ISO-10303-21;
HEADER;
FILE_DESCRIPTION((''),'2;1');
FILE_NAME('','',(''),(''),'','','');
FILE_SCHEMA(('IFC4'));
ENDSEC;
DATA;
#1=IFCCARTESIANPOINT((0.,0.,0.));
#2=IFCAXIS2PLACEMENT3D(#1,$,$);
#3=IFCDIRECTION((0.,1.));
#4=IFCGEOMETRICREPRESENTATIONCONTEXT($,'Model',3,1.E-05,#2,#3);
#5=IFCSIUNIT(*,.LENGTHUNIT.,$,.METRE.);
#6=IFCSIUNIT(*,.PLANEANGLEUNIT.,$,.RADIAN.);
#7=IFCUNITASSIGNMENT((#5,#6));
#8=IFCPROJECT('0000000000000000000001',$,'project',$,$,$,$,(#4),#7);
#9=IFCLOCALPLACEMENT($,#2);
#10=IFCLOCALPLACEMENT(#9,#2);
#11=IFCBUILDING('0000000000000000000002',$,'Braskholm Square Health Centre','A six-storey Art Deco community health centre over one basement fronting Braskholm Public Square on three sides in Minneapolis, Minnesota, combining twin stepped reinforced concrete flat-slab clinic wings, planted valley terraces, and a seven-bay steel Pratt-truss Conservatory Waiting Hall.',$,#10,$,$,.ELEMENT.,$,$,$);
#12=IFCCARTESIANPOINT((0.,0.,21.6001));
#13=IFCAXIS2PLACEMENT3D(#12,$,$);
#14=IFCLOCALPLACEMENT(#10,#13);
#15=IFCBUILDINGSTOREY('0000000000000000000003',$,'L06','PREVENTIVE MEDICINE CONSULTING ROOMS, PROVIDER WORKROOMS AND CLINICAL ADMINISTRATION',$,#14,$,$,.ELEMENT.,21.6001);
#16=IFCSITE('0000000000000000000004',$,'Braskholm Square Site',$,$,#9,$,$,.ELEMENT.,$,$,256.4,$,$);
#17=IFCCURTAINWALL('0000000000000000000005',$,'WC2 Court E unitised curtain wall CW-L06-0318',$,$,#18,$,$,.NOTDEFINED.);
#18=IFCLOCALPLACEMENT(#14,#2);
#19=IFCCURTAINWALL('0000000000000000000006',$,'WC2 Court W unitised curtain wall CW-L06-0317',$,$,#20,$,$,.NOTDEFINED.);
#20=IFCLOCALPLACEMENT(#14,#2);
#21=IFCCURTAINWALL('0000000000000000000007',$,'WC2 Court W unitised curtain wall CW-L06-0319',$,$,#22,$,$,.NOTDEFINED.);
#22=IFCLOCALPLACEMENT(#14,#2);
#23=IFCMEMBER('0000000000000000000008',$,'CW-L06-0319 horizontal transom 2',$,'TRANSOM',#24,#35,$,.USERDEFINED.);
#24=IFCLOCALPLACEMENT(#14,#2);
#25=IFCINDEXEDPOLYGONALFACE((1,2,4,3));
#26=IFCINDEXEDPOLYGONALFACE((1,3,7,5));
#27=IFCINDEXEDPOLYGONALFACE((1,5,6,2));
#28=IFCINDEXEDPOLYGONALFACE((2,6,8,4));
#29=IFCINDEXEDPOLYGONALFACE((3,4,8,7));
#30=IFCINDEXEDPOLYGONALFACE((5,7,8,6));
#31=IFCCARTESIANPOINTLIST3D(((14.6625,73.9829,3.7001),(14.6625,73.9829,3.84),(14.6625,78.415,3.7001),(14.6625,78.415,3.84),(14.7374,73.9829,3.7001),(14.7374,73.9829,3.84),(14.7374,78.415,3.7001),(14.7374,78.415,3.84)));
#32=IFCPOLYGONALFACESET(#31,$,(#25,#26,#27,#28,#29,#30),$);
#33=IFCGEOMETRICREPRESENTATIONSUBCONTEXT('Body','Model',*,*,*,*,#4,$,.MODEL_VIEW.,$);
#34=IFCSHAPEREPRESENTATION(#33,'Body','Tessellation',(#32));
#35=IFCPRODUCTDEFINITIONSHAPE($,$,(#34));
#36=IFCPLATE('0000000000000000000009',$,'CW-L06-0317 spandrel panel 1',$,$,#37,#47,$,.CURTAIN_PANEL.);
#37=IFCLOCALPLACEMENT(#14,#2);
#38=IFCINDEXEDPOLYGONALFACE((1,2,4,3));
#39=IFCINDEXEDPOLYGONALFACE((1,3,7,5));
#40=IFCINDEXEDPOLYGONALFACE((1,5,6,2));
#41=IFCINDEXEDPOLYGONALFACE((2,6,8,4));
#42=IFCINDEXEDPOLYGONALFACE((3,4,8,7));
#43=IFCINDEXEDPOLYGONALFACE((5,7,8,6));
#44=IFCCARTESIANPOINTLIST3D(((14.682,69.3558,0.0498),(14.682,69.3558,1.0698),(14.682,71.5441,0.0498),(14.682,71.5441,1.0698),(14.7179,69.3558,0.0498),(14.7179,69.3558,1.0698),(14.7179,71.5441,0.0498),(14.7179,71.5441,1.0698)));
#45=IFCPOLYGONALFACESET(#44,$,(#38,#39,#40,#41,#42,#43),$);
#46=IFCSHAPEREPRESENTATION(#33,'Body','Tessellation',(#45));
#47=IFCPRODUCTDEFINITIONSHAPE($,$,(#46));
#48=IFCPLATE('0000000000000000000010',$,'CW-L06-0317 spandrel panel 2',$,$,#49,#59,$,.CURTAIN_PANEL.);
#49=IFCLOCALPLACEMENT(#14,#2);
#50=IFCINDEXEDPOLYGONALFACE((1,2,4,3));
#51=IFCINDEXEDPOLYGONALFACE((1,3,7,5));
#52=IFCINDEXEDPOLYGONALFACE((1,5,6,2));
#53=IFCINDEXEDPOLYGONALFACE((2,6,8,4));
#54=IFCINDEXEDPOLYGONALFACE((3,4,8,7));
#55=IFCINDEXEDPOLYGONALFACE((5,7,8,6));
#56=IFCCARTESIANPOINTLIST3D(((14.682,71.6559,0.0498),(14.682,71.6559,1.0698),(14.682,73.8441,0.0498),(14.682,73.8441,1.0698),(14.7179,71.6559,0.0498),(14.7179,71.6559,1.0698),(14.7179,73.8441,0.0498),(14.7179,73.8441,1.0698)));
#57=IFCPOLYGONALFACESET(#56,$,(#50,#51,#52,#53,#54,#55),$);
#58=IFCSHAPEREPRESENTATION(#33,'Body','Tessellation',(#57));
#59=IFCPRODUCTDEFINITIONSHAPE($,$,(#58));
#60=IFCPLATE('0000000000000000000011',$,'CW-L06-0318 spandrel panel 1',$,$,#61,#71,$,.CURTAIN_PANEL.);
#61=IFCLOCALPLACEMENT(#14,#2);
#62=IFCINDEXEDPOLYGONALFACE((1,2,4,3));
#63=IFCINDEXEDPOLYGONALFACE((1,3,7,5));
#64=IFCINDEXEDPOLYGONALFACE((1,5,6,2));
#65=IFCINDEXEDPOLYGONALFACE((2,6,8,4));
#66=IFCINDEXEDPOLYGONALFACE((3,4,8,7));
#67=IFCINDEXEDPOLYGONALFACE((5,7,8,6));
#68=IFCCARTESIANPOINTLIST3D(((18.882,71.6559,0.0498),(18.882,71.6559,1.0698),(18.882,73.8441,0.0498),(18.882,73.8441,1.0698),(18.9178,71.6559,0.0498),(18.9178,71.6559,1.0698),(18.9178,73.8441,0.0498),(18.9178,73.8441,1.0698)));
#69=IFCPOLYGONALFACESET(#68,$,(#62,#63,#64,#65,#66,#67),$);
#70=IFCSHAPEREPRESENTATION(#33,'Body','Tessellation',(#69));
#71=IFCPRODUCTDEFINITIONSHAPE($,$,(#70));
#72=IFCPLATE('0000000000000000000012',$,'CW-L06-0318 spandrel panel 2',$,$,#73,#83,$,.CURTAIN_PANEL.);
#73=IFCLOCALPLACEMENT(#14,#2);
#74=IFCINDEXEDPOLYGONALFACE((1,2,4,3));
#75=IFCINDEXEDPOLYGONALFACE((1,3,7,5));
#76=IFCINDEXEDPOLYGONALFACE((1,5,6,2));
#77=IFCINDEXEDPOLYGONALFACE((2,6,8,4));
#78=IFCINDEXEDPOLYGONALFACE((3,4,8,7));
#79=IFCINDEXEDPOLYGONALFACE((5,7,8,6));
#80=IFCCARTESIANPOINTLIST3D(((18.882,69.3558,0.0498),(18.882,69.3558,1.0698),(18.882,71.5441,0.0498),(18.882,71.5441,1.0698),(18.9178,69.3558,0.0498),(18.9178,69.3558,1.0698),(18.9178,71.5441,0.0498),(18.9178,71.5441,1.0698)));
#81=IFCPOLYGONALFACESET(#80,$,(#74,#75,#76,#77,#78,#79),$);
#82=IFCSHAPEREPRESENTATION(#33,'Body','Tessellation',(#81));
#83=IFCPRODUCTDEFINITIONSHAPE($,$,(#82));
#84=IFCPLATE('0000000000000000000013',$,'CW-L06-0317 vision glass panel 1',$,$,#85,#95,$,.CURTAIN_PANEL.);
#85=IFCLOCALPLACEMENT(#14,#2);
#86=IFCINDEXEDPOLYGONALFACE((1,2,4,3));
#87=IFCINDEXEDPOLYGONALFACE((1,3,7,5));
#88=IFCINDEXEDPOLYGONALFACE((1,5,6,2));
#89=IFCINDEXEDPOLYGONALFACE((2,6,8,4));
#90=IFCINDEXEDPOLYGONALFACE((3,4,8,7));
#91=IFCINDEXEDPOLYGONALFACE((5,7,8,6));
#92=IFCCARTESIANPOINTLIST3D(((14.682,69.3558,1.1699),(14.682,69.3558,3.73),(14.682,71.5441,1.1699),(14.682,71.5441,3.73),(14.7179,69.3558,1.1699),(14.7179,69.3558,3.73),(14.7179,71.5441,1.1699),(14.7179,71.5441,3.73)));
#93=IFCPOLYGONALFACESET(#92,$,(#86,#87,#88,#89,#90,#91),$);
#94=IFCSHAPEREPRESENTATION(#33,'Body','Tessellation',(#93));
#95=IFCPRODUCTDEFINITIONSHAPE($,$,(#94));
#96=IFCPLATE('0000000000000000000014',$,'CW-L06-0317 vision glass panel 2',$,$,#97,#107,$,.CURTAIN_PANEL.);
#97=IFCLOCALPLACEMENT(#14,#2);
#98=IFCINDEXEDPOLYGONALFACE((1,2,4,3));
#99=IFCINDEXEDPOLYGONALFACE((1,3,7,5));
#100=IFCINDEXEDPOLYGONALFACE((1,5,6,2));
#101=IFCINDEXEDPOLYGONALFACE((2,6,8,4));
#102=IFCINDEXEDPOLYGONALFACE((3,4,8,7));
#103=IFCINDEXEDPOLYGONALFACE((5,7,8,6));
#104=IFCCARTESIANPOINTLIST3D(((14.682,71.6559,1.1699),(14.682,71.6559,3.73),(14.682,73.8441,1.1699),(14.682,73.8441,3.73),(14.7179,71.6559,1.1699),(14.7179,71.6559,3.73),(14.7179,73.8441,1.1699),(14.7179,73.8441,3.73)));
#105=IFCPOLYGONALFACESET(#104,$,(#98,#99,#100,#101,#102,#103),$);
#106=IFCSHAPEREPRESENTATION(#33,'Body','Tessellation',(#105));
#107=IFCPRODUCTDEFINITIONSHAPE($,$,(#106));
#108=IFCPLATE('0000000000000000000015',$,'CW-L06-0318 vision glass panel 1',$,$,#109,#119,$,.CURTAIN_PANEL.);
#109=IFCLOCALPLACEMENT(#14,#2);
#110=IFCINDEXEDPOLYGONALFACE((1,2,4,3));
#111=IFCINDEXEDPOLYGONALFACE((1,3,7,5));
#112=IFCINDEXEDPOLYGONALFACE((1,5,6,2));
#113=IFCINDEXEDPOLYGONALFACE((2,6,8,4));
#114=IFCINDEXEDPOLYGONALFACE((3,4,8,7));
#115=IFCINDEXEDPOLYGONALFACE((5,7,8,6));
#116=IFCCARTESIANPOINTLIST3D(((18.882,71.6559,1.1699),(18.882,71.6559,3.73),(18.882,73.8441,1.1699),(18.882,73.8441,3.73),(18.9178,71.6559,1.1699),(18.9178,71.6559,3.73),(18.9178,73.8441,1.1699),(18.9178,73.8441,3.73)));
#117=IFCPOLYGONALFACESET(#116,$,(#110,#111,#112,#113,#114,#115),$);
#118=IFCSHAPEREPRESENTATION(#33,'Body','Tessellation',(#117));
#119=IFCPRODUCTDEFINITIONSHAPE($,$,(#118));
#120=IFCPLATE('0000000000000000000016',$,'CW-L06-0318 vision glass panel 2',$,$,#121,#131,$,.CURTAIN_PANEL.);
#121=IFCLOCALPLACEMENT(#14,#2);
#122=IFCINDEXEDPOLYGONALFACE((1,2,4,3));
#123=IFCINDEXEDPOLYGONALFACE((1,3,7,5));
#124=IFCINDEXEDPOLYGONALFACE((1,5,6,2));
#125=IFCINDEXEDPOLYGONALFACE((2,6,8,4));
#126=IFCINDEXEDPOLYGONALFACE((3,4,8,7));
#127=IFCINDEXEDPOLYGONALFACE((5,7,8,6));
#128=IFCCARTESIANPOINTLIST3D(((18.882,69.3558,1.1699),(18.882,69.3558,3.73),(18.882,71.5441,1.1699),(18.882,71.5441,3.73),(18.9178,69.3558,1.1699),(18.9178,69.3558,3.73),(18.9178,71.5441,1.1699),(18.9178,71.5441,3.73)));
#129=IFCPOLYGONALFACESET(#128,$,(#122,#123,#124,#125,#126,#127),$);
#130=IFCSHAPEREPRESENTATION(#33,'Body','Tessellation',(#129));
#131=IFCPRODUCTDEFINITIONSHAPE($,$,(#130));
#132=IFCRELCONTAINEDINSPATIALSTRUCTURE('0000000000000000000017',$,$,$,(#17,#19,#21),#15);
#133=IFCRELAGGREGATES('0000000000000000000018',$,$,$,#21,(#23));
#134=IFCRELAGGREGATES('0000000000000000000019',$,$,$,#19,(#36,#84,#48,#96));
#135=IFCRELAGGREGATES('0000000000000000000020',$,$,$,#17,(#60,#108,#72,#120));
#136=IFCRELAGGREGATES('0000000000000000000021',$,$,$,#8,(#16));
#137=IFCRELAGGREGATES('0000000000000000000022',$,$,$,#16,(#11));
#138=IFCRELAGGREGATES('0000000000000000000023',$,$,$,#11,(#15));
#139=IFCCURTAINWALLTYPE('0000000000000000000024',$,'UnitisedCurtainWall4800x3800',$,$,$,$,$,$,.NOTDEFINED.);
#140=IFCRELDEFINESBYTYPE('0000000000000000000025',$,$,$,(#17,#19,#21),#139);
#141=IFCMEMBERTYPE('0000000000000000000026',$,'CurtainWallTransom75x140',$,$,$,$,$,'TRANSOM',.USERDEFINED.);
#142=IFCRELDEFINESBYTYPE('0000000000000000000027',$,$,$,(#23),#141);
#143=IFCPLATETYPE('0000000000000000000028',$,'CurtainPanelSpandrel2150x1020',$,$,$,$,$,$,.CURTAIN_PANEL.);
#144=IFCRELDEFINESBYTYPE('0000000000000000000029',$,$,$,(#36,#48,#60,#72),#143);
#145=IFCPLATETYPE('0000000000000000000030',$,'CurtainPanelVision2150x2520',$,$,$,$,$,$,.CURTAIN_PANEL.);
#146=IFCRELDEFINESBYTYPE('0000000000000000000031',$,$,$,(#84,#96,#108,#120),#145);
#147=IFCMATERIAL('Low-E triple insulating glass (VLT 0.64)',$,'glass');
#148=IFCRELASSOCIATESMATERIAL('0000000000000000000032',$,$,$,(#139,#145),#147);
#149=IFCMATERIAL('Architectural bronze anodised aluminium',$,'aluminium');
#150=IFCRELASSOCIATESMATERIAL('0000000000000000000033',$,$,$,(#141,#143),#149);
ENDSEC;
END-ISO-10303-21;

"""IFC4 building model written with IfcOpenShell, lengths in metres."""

from ifc_helpers import new_model, si_unit, direction, frame, origin, origin_2d, place, context, subcontext, project, spatial, rectangle, extrude, material, material_profile, profile_set, type_object, element, aggregate, save


model = new_model("IFC4")

# Units and contexts
model_context = context("Model", 3, precision=1e-05, world=origin(), true_north=direction((0.0, 1.0)))
body_context = subcontext(model_context, "Body", "Model", "MODEL_VIEW")
ifc_project = project(units=[si_unit("LENGTHUNIT", "METRE"), si_unit("PLANEANGLEUNIT", "RADIAN")], contexts=[model_context])

# Site, building, storey
site_placement = place(None, origin())
site = spatial("IfcSite", under=ifc_project, at=site_placement, Name="Braskholm Square Site", CompositionType="ELEMENT", RefElevation=256.4)
building_placement = place(site_placement, origin())
building = spatial("IfcBuilding", under=site, at=building_placement, Name="Braskholm Square Health Centre", Description="A six-storey Art Deco community health centre over one basement fronting Braskholm Public Square on three sides in Minneapolis, Minnesota, combining twin stepped reinforced concrete flat-slab clinic wings, planted valley terraces, and a seven-bay steel Pratt-truss Conservatory Waiting Hall.", CompositionType="ELEMENT")
storey_placement = place(building_placement, frame((0.0, 0.0, 21.6001)))
storey = spatial("IfcBuildingStorey", under=building, at=storey_placement, Name="L06", Description="PREVENTIVE MEDICINE CONSULTING ROOMS, PROVIDER WORKROOMS AND CLINICAL ADMINISTRATION", CompositionType="ELEMENT", Elevation=21.6001)

# Curtain wall
ifc_material_1 = material(Name="Low-E triple insulating glass (VLT 0.64)", Category="glass")
curtain_wall_type = type_object("IfcCurtainWallType", Name="UnitisedCurtainWall4800x3800", PredefinedType="NOTDEFINED", material=ifc_material_1)
curtain_wall_1_placement = place(storey_placement, origin())
curtain_wall_1 = element("IfcCurtainWall", 1, at=curtain_wall_1_placement, inside=storey, type_object=curtain_wall_type, Name="WC2 Court E unitised curtain wall CW-L06-0318", PredefinedType="NOTDEFINED")
ifc_material_2 = material(Name="Architectural bronze anodised aluminium", Category="aluminium")

# Curtain wall
curtain_wall_2_placement = place(storey_placement, origin())
curtain_wall_2 = element("IfcCurtainWall", 2, at=curtain_wall_2_placement, inside=storey, type_object=curtain_wall_type, Name="WC2 Court W unitised curtain wall CW-L06-0317", PredefinedType="NOTDEFINED")

# Curtain wall
curtain_wall_3_placement = place(storey_placement, origin())
curtain_wall_3 = element("IfcCurtainWall", 3, at=curtain_wall_3_placement, inside=storey, type_object=curtain_wall_type, Name="WC2 Court W unitised curtain wall CW-L06-0319", PredefinedType="NOTDEFINED")

# Member
ifc_material_profile_1 = material_profile(ifc_material_2, rectangle(XDim=0.075, YDim=0.1399, at=origin_2d()), Name="ALU-75X140")
ifc_profile_set_1 = profile_set([ifc_material_profile_1], Name="Architectural bronze anodised aluminium")
member_type_1 = type_object("IfcMemberType", Name="CurtainWallTransom75x140", ElementType="TRANSOM", PredefinedType="USERDEFINED", material=ifc_profile_set_1)
member_1_placement = place(storey_placement, frame((14.7, 73.9829, 3.77), z_axis=(0.0, 1.0, 0.0), x_axis=(-1.0, 0.0, 0.0)))
member_1 = element("IfcMember", 4, at=member_1_placement, type_object=member_type_1, Name="CW-L06-0319 horizontal transom 2", ObjectType="TRANSOM", PredefinedType="USERDEFINED", context=body_context, shape_type="SweptSolid", body=[
    extrude(rectangle(XDim=0.075, YDim=0.1399, at=origin_2d()), origin(), (0.0, 0.0, 1.0), 4.4321),
])
aggregate(curtain_wall_3, [member_1])

# Plates
plate_type_1 = type_object("IfcPlateType", Name="CurtainPanelSpandrel2150x1020", PredefinedType="CURTAIN_PANEL", material=ifc_material_2)
plate_1_placement = place(storey_placement, frame((14.7, 70.45, 0.0498), z_axis=(0.0, 0.0, 1.0), x_axis=(0.0, 1.0, 0.0)))
plate_1 = element("IfcPlate", 5, at=plate_1_placement, type_object=plate_type_1, Name="CW-L06-0317 spandrel panel 1", PredefinedType="CURTAIN_PANEL", context=body_context, shape_type="SweptSolid", body=[
    extrude(rectangle(XDim=2.1882, YDim=0.0359, at=origin_2d()), origin(), (0.0, 0.0, 1.0), 1.02),
])
plate_2_placement = place(storey_placement, frame((14.7, 72.75, 0.0498), z_axis=(0.0, 0.0, 1.0), x_axis=(0.0, 1.0, 0.0)))
plate_2 = element("IfcPlate", 6, at=plate_2_placement, type_object=plate_type_1, Name="CW-L06-0317 spandrel panel 2", PredefinedType="CURTAIN_PANEL", context=body_context, shape_type="SweptSolid", body=[
    extrude(rectangle(XDim=2.1882, YDim=0.0359, at=origin_2d()), origin(), (0.0, 0.0, 1.0), 1.02),
])
plate_3_placement = place(storey_placement, frame((18.8999, 72.75, 0.0498), z_axis=(0.0, 0.0, 1.0), x_axis=(0.0, -1.0, 0.0)))
plate_3 = element("IfcPlate", 7, at=plate_3_placement, type_object=plate_type_1, Name="CW-L06-0318 spandrel panel 1", PredefinedType="CURTAIN_PANEL", context=body_context, shape_type="SweptSolid", body=[
    extrude(rectangle(XDim=2.1882, YDim=0.0359, at=origin_2d()), origin(), (0.0, 0.0, 1.0), 1.02),
])
plate_4_placement = place(storey_placement, frame((18.8999, 70.45, 0.0498), z_axis=(0.0, 0.0, 1.0), x_axis=(0.0, -1.0, 0.0)))
plate_4 = element("IfcPlate", 8, at=plate_4_placement, type_object=plate_type_1, Name="CW-L06-0318 spandrel panel 2", PredefinedType="CURTAIN_PANEL", context=body_context, shape_type="SweptSolid", body=[
    extrude(rectangle(XDim=2.1882, YDim=0.0359, at=origin_2d()), origin(), (0.0, 0.0, 1.0), 1.02),
])
plate_type_2 = type_object("IfcPlateType", Name="CurtainPanelVision2150x2520", PredefinedType="CURTAIN_PANEL", material=ifc_material_1)
plate_5_placement = place(storey_placement, frame((14.7, 70.45, 1.1699), z_axis=(0.0, 0.0, 1.0), x_axis=(0.0, 1.0, 0.0)))
plate_5 = element("IfcPlate", 9, at=plate_5_placement, type_object=plate_type_2, Name="CW-L06-0317 vision glass panel 1", PredefinedType="CURTAIN_PANEL", context=body_context, shape_type="SweptSolid", body=[
    extrude(rectangle(XDim=2.1882, YDim=0.0359, at=origin_2d()), origin(), (0.0, 0.0, 1.0), 2.5601),
])
plate_6_placement = place(storey_placement, frame((14.7, 72.75, 1.1699), z_axis=(0.0, 0.0, 1.0), x_axis=(0.0, 1.0, 0.0)))
plate_6 = element("IfcPlate", 10, at=plate_6_placement, type_object=plate_type_2, Name="CW-L06-0317 vision glass panel 2", PredefinedType="CURTAIN_PANEL", context=body_context, shape_type="SweptSolid", body=[
    extrude(rectangle(XDim=2.1882, YDim=0.0359, at=origin_2d()), origin(), (0.0, 0.0, 1.0), 2.5601),
])
aggregate(curtain_wall_2, [plate_1, plate_5, plate_2, plate_6])
plate_7_placement = place(storey_placement, frame((18.8999, 72.75, 1.1699), z_axis=(0.0, 0.0, 1.0), x_axis=(0.0, -1.0, 0.0)))
plate_7 = element("IfcPlate", 11, at=plate_7_placement, type_object=plate_type_2, Name="CW-L06-0318 vision glass panel 1", PredefinedType="CURTAIN_PANEL", context=body_context, shape_type="SweptSolid", body=[
    extrude(rectangle(XDim=2.1882, YDim=0.0359, at=origin_2d()), origin(), (0.0, 0.0, 1.0), 2.5601),
])
plate_8_placement = place(storey_placement, frame((18.8999, 70.45, 1.1699), z_axis=(0.0, 0.0, 1.0), x_axis=(0.0, -1.0, 0.0)))
plate_8 = element("IfcPlate", 12, at=plate_8_placement, type_object=plate_type_2, Name="CW-L06-0318 vision glass panel 2", PredefinedType="CURTAIN_PANEL", context=body_context, shape_type="SweptSolid", body=[
    extrude(rectangle(XDim=2.1882, YDim=0.0359, at=origin_2d()), origin(), (0.0, 0.0, 1.0), 2.5601),
])
aggregate(curtain_wall_1, [plate_3, plate_7, plate_4, plate_8])

save(model, "model.ifc")
